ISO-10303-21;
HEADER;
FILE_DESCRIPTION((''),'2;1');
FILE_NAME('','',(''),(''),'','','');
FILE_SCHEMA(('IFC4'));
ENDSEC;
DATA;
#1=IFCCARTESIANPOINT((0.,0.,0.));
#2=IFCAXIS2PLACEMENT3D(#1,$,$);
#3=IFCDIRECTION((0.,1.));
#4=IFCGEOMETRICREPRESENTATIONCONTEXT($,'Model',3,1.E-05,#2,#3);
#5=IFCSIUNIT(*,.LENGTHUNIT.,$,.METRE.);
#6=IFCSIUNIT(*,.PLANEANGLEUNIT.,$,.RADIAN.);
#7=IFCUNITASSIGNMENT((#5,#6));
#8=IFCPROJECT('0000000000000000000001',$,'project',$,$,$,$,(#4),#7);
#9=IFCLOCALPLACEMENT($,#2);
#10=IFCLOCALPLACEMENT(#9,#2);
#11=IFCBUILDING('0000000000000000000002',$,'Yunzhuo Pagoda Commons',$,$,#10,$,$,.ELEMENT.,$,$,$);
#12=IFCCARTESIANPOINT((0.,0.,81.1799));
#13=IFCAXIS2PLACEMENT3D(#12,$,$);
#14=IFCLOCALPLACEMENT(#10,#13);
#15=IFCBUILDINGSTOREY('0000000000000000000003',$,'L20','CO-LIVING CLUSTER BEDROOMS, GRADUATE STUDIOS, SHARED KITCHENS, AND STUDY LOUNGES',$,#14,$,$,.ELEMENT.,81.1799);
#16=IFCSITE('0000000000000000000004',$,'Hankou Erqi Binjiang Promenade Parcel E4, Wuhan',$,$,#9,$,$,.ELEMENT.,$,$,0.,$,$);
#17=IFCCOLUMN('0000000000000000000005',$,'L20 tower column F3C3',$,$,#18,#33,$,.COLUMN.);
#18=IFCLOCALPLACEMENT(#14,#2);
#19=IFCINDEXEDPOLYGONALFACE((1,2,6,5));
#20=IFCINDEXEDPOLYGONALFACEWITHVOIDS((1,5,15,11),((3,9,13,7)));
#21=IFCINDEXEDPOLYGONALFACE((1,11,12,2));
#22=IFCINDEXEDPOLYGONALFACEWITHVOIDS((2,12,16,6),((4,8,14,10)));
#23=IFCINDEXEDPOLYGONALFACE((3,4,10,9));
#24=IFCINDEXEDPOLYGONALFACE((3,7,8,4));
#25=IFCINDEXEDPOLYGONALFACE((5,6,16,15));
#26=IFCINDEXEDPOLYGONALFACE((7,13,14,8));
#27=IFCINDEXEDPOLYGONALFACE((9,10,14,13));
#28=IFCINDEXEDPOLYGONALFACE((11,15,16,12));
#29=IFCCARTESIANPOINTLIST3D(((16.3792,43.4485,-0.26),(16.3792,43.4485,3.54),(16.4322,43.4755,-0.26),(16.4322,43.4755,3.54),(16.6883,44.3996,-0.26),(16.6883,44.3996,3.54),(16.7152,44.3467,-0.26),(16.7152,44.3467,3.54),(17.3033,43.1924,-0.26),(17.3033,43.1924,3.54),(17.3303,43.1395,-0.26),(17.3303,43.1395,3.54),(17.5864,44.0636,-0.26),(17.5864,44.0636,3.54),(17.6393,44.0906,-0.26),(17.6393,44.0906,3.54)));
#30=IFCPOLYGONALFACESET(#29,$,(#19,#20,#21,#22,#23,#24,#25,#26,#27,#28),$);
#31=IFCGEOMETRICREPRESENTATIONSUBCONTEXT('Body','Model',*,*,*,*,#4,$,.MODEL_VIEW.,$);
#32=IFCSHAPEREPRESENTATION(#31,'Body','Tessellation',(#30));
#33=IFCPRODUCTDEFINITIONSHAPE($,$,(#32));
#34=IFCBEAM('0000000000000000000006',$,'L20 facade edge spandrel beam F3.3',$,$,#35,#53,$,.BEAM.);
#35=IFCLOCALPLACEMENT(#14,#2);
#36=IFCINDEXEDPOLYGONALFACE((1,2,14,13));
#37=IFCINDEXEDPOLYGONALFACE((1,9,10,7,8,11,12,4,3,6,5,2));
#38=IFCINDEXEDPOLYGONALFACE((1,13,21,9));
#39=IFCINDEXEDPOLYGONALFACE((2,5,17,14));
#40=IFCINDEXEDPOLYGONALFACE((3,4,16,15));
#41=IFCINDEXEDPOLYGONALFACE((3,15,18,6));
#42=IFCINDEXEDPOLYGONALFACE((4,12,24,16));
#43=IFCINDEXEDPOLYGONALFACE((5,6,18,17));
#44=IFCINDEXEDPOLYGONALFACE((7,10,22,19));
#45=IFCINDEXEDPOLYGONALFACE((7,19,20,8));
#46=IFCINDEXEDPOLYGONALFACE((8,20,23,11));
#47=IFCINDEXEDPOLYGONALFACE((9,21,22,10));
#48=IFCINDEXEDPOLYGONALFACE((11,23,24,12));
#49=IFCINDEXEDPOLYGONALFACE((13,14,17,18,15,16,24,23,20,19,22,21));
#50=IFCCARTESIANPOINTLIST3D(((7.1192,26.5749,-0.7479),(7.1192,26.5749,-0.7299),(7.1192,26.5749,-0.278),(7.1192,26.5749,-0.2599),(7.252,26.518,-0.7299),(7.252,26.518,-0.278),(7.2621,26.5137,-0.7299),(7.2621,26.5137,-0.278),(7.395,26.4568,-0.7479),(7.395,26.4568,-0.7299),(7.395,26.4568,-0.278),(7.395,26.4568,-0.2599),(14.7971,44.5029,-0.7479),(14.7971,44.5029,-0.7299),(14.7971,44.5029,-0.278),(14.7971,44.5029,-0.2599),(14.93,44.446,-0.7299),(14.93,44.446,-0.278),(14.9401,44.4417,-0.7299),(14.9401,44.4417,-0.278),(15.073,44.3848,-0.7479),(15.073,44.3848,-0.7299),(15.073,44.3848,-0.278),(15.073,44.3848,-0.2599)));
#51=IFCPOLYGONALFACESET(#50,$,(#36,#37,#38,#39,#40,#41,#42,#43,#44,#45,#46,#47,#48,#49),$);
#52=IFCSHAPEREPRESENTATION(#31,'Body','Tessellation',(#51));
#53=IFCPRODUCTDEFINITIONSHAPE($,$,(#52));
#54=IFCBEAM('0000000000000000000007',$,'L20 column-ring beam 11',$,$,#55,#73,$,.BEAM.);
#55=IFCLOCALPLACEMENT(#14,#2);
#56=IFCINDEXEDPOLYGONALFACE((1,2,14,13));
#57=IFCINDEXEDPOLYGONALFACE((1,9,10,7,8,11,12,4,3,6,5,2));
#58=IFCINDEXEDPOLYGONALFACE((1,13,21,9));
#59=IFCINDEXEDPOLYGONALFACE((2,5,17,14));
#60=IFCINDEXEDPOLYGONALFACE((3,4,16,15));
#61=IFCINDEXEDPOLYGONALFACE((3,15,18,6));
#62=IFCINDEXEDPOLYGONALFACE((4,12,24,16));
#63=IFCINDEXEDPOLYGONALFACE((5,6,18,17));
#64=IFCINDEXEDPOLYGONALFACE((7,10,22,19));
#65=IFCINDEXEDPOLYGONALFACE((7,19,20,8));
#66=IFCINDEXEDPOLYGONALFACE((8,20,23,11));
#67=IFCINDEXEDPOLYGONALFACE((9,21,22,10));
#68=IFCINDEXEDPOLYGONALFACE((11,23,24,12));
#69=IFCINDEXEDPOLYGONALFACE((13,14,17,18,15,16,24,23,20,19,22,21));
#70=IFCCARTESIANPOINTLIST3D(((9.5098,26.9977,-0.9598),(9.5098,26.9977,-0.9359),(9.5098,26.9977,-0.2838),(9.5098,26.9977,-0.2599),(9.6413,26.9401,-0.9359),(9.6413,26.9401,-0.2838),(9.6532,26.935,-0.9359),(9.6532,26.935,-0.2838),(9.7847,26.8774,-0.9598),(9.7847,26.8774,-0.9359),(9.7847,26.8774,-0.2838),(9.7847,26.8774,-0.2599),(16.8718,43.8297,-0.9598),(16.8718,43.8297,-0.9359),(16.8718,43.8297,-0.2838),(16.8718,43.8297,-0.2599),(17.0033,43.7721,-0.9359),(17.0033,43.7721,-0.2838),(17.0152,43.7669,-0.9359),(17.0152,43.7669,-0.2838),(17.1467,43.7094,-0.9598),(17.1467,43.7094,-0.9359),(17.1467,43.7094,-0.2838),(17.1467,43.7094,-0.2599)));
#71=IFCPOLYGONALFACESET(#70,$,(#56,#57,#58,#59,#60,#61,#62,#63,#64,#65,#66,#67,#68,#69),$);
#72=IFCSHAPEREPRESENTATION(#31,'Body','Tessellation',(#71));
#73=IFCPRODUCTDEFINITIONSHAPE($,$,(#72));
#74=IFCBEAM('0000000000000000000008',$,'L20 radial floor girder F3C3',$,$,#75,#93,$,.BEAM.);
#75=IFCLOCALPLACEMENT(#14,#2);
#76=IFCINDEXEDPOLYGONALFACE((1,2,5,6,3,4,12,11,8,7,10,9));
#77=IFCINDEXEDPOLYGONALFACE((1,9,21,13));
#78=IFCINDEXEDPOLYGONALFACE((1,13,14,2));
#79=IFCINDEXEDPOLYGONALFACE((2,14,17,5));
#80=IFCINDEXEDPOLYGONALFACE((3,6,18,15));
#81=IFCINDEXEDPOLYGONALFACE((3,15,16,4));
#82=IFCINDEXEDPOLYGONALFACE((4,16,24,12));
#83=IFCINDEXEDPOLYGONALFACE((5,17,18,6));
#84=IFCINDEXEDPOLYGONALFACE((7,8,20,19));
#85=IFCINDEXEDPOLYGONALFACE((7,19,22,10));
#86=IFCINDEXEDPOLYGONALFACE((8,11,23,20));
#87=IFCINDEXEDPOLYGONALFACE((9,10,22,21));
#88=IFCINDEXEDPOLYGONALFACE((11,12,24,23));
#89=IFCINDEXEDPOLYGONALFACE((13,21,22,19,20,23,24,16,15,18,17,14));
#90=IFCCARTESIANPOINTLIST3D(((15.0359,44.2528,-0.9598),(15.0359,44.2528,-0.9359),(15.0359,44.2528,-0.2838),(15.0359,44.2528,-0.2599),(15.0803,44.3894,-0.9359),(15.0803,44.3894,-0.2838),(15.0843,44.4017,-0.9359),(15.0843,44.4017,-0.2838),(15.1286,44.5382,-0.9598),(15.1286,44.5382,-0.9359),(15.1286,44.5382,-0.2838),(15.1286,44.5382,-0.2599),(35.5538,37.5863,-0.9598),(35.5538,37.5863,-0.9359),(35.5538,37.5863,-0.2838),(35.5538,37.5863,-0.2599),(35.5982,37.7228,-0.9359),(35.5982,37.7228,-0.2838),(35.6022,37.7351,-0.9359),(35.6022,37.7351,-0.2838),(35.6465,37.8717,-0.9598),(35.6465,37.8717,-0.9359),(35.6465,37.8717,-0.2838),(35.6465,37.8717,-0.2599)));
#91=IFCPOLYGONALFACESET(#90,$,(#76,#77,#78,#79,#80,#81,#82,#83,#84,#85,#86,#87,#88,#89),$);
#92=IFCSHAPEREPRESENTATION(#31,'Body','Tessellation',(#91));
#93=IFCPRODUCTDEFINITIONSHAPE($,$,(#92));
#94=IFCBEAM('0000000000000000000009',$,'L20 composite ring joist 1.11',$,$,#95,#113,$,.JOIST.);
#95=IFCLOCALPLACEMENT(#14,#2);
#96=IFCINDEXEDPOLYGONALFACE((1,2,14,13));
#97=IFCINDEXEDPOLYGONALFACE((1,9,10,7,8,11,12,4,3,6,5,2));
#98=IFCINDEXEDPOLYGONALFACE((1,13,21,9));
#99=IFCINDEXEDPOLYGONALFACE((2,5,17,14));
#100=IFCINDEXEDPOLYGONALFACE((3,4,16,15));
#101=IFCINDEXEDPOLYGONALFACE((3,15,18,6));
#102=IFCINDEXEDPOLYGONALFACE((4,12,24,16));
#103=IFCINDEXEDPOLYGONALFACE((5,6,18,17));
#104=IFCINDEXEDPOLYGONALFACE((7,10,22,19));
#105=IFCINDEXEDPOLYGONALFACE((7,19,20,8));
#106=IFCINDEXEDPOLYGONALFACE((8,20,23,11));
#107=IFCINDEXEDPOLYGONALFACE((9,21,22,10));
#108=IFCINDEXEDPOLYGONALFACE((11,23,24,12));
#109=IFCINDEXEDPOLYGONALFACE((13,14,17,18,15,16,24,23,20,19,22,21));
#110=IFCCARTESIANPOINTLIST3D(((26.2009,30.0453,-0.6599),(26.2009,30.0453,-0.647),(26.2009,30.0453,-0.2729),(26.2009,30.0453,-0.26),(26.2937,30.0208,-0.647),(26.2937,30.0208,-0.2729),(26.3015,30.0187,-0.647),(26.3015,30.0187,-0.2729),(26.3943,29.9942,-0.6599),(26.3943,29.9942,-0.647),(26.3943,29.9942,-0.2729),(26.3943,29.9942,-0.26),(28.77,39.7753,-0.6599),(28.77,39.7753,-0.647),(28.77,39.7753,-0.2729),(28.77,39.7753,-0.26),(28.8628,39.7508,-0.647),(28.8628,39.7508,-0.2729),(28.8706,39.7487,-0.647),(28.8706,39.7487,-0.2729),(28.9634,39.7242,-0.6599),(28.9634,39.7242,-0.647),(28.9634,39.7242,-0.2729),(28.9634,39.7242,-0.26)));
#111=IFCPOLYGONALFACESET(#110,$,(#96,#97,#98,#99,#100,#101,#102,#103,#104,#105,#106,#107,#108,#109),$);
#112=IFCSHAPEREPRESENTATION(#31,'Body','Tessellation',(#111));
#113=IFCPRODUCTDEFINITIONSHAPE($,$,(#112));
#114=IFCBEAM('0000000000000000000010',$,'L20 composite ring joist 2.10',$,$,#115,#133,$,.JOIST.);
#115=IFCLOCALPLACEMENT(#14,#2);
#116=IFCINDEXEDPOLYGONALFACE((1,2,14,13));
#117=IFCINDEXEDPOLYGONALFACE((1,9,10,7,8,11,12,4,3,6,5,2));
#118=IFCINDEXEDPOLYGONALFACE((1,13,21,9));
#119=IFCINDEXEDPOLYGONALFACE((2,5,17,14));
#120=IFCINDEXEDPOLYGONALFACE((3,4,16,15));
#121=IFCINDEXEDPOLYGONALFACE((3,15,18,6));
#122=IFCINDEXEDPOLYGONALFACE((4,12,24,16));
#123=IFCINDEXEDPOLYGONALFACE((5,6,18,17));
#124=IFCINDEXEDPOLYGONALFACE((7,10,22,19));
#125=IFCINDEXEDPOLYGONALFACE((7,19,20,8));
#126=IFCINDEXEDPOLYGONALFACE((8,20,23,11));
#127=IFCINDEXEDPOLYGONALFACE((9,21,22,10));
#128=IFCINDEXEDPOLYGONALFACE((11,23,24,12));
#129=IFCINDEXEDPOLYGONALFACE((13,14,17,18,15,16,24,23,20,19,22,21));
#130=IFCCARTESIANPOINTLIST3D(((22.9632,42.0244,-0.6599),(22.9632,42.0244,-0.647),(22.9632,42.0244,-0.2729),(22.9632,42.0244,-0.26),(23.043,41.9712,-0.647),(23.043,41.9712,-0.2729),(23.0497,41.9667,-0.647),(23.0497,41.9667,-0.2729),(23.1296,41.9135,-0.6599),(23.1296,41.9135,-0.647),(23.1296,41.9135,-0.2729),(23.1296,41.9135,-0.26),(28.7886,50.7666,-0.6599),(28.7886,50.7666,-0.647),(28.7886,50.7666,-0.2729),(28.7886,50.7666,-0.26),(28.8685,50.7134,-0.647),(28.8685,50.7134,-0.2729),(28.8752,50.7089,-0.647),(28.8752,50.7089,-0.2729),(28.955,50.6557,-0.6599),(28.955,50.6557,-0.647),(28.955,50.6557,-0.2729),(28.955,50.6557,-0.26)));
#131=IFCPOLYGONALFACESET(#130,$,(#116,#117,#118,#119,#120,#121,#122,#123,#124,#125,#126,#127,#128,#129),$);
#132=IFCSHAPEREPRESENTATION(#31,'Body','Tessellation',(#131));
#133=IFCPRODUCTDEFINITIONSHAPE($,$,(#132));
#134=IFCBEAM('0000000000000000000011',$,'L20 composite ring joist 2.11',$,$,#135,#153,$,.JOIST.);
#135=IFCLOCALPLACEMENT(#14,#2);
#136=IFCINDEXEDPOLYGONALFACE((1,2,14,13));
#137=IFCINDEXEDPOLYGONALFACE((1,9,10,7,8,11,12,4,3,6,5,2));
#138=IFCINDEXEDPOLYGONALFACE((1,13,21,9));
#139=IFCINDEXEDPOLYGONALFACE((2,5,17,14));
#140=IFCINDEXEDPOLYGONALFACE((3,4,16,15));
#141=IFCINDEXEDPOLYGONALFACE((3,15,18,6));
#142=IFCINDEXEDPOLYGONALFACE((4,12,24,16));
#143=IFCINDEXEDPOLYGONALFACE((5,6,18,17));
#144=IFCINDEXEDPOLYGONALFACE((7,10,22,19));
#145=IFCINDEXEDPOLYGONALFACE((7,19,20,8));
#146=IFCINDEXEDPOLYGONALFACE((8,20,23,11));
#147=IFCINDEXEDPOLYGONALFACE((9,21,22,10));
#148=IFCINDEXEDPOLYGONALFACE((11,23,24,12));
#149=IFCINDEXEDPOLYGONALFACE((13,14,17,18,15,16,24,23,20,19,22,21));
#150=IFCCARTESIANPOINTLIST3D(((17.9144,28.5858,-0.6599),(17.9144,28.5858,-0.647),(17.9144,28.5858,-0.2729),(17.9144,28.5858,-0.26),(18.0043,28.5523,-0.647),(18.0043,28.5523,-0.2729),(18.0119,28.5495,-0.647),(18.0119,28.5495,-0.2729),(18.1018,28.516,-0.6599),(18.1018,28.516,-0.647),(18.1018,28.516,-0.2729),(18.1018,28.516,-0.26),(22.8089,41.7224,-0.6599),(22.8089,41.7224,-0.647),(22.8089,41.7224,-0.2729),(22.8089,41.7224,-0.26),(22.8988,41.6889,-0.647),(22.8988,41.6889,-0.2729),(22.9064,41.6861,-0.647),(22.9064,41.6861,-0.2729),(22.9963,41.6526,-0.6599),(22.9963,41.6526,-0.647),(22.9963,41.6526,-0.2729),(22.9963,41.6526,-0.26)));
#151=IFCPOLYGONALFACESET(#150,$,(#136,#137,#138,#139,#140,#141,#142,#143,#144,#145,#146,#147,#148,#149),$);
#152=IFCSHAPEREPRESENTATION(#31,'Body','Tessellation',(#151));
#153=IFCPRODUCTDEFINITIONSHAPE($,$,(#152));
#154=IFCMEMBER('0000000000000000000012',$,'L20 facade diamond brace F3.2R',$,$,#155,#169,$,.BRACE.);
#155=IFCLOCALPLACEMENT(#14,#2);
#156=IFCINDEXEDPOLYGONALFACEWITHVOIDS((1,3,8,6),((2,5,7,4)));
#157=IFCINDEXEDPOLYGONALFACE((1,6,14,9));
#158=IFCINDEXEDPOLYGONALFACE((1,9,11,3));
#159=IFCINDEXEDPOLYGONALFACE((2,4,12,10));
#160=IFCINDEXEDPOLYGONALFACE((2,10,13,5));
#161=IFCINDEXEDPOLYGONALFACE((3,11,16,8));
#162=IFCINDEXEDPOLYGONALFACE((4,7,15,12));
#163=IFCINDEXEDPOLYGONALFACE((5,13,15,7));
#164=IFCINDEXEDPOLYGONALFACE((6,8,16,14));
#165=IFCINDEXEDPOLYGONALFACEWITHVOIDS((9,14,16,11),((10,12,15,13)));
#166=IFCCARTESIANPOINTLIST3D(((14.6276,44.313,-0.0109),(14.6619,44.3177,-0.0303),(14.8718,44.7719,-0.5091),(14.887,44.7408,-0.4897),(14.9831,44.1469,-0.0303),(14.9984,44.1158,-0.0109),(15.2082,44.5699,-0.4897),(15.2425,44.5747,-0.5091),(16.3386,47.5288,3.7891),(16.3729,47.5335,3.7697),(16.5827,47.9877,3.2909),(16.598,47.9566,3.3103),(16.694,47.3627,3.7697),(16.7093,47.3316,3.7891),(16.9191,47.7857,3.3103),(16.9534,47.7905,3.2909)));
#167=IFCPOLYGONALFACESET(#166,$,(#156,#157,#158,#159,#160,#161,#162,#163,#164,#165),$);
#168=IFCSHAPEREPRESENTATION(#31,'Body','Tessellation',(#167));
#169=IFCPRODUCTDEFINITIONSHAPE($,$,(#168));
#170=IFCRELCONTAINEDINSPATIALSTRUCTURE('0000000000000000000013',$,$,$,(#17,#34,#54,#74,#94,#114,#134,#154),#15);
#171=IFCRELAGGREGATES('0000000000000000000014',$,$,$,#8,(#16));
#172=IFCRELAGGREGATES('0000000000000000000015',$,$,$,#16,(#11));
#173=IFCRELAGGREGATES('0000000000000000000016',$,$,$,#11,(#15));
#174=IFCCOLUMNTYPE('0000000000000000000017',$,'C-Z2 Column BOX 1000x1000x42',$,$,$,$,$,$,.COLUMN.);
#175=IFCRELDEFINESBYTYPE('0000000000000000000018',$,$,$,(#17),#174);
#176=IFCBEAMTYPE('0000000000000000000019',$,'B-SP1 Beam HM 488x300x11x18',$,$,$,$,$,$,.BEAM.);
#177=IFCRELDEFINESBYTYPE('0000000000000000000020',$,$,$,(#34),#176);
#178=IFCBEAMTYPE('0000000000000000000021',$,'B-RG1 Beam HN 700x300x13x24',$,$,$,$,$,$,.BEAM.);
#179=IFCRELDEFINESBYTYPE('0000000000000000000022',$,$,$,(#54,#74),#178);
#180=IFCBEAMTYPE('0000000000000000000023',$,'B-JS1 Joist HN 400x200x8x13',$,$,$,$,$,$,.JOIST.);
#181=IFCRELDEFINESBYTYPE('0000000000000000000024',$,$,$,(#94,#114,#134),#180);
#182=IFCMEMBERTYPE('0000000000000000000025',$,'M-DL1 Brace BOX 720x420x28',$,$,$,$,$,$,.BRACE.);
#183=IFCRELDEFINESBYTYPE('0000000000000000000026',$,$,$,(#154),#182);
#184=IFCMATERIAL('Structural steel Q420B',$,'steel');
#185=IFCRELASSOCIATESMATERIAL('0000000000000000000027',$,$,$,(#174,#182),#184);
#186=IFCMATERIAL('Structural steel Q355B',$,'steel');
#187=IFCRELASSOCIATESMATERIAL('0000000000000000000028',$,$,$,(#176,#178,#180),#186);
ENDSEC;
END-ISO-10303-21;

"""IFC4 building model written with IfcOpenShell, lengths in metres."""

from ifc_helpers import new_model, si_unit, direction, frame, origin, origin_2d, place, context, subcontext, project, spatial, hollow_rectangle, i_section, extrude, source, transform, mapped, material, material_profile, profile_set, type_object, element, save


model = new_model("IFC4")

# Units and contexts
model_context = context("Model", 3, precision=1e-05, world=origin(), true_north=direction((0.0, 1.0)))
body_context = subcontext(model_context, "Body", "Model", "MODEL_VIEW")
ifc_project = project(units=[si_unit("LENGTHUNIT", "METRE"), si_unit("PLANEANGLEUNIT", "RADIAN")], contexts=[model_context])

# Site, building, storey
site_placement = place(None, origin())
site = spatial("IfcSite", under=ifc_project, at=site_placement, Name="Hankou Erqi Binjiang Promenade Parcel E4, Wuhan", CompositionType="ELEMENT", RefElevation=0.0)
building_placement = place(site_placement, origin())
building = spatial("IfcBuilding", under=site, at=building_placement, Name="Yunzhuo Pagoda Commons", CompositionType="ELEMENT")
storey_placement = place(building_placement, frame((0.0, 0.0, 81.1799)))
storey = spatial("IfcBuildingStorey", under=building, at=storey_placement, Name="L20", Description="CO-LIVING CLUSTER BEDROOMS, GRADUATE STUDIOS, SHARED KITCHENS, AND STUDY LOUNGES", CompositionType="ELEMENT", Elevation=81.1799)

# Column
ifc_material_1 = material(Name="Structural steel Q420B", Category="steel")
ifc_material_profile_1 = material_profile(ifc_material_1, hollow_rectangle(XDim=1.0, YDim=1.0, WallThickness=0.042, at=origin_2d()), Name="Structural steel Q420B")
ifc_profile_set_1 = profile_set([ifc_material_profile_1], Name="Structural steel Q420B")
column_type = type_object("IfcColumnType", Name="C-Z2 Column BOX 1000x1000x42", PredefinedType="COLUMN", material=ifc_profile_set_1)
shared_shape_1 = source(origin(), body_context, "Body", "SweptSolid", [
    extrude(hollow_rectangle(XDim=1.0, YDim=1.0, WallThickness=0.042, at=origin_2d()), origin(), (0.0, 0.0, 1.0), 3.8),
])
column_placement = place(storey_placement, frame((17.0093, 43.7695, -0.26), z_axis=(0.0, 0.0, 1.0), x_axis=(-0.309017, -0.951057, 0.0)))
element("IfcColumn", 1, at=column_placement, inside=storey, type_object=column_type, Name="L20 tower column F3C3", PredefinedType="COLUMN", context=body_context, shape_type="MappedRepresentation", body=[
    mapped(shared_shape_1, transform((0.0, 0.0, 0.0), scale=1.0)),
])

# Beams
ifc_material_2 = material(Name="Structural steel Q355B", Category="steel")
ifc_material_profile_2 = material_profile(ifc_material_2, i_section(OverallWidth=0.3, OverallDepth=0.488, WebThickness=0.011, FlangeThickness=0.0181, at=origin_2d()), Name="Structural steel Q355B")
ifc_profile_set_2 = profile_set([ifc_material_profile_2], Name="Structural steel Q355B")
beam_type_1 = type_object("IfcBeamType", Name="B-SP1 Beam HM 488x300x11x18", PredefinedType="BEAM", material=ifc_profile_set_2)
shared_shape_2 = source(origin(), body_context, "Body", "SweptSolid", [
    extrude(i_section(OverallWidth=0.3, OverallDepth=0.488, WebThickness=0.011, FlangeThickness=0.0181, at=origin_2d()), origin(), (0.0, 0.0, 1.0), 19.5029),
])
beam_1_placement = place(storey_placement, frame((14.9351, 44.4438, -0.5039), z_axis=(-0.393684, -0.919246, 0.0), x_axis=(0.919246, -0.393684, 0.0)))
element("IfcBeam", 2, at=beam_1_placement, inside=storey, type_object=beam_type_1, Name="L20 facade edge spandrel beam F3.3", PredefinedType="BEAM", context=body_context, shape_type="MappedRepresentation", body=[
    mapped(shared_shape_2, transform((0.0, 0.0, 0.0), scale=1.0)),
])
ifc_material_profile_3 = material_profile(ifc_material_2, i_section(OverallWidth=0.3, OverallDepth=0.7, WebThickness=0.0129, FlangeThickness=0.0239, at=origin_2d()), Name="Structural steel Q355B")
ifc_profile_set_3 = profile_set([ifc_material_profile_3], Name="Structural steel Q355B")
beam_type_2 = type_object("IfcBeamType", Name="B-RG1 Beam HN 700x300x13x24", PredefinedType="BEAM", material=ifc_profile_set_3)
shared_shape_3 = source(origin(), body_context, "Body", "SweptSolid", [
    extrude(i_section(OverallWidth=0.3, OverallDepth=0.7, WebThickness=0.0129, FlangeThickness=0.0239, at=origin_2d()), origin(), (0.0, 0.0, 1.0), 18.3716),
])
beam_2_placement = place(storey_placement, frame((17.0093, 43.7695, -0.6099), z_axis=(-0.40073, -0.916196, 0.0), x_axis=(0.916196, -0.40073, 0.0)))
element("IfcBeam", 3, at=beam_2_placement, inside=storey, type_object=beam_type_2, Name="L20 column-ring beam 11", PredefinedType="BEAM", context=body_context, shape_type="MappedRepresentation", body=[
    mapped(shared_shape_3, transform((0.0, 0.0, 0.0), scale=1.0)),
])
shared_shape_4 = source(origin(), body_context, "Body", "SweptSolid", [
    extrude(i_section(OverallWidth=0.3, OverallDepth=0.7, WebThickness=0.0129, FlangeThickness=0.0239, at=origin_2d()), origin(), (0.0, 0.0, 1.0), 21.5737),
])
beam_3_placement = place(storey_placement, frame((15.0823, 44.3955, -0.6099), z_axis=(0.951058, -0.309011, 0.0), x_axis=(0.309011, 0.951058, 0.0)))
element("IfcBeam", 4, at=beam_3_placement, inside=storey, type_object=beam_type_2, Name="L20 radial floor girder F3C3", PredefinedType="BEAM", context=body_context, shape_type="MappedRepresentation", body=[
    mapped(shared_shape_4, transform((0.0, 0.0, 0.0), scale=1.0)),
])
ifc_material_profile_4 = material_profile(ifc_material_2, i_section(OverallWidth=0.2, OverallDepth=0.3999, WebThickness=0.0081, FlangeThickness=0.0129, at=origin_2d()), Name="Structural steel Q355B")
ifc_profile_set_4 = profile_set([ifc_material_profile_4], Name="Structural steel Q355B")
beam_type_3 = type_object("IfcBeamType", Name="B-JS1 Joist HN 400x200x8x13", PredefinedType="JOIST", material=ifc_profile_set_4)
shared_shape_5 = source(origin(), body_context, "Body", "SweptSolid", [
    extrude(i_section(OverallWidth=0.2, OverallDepth=0.3999, WebThickness=0.0081, FlangeThickness=0.0129, at=origin_2d()), origin(), (0.0, 0.0, 1.0), 10.0635),
])
beam_4_placement = place(storey_placement, frame((28.8667, 39.7498, -0.46), z_axis=(-0.25529, -0.966865, 0.0), x_axis=(0.966865, -0.25529, 0.0)))
element("IfcBeam", 5, at=beam_4_placement, inside=storey, type_object=beam_type_3, Name="L20 composite ring joist 1.11", PredefinedType="JOIST", context=body_context, shape_type="MappedRepresentation", body=[
    mapped(shared_shape_5, transform((0.0, 0.0, 0.0), scale=1.0)),
])
shared_shape_6 = source(origin(), body_context, "Body", "SweptSolid", [
    extrude(i_section(OverallWidth=0.2, OverallDepth=0.3999, WebThickness=0.0081, FlangeThickness=0.0129, at=origin_2d()), origin(), (0.0, 0.0, 1.0), 10.5054),
])
beam_5_placement = place(storey_placement, frame((28.8718, 50.7112, -0.46), z_axis=(-0.554523, -0.832168, 0.0), x_axis=(0.832168, -0.554523, 0.0)))
element("IfcBeam", 6, at=beam_5_placement, inside=storey, type_object=beam_type_3, Name="L20 composite ring joist 2.10", PredefinedType="JOIST", context=body_context, shape_type="MappedRepresentation", body=[
    mapped(shared_shape_6, transform((0.0, 0.0, 0.0), scale=1.0)),
])
shared_shape_7 = source(origin(), body_context, "Body", "SweptSolid", [
    extrude(i_section(OverallWidth=0.2, OverallDepth=0.3999, WebThickness=0.0081, FlangeThickness=0.0129, at=origin_2d()), origin(), (0.0, 0.0, 1.0), 14.0188),
])
beam_6_placement = place(storey_placement, frame((22.9026, 41.6875, -0.46), z_axis=(-0.349138, -0.937071, 0.0), x_axis=(0.937071, -0.349138, 0.0)))
element("IfcBeam", 7, at=beam_6_placement, inside=storey, type_object=beam_type_3, Name="L20 composite ring joist 2.11", PredefinedType="JOIST", context=body_context, shape_type="MappedRepresentation", body=[
    mapped(shared_shape_7, transform((0.0, 0.0, 0.0), scale=1.0)),
])

# Member
ifc_material_profile_5 = material_profile(ifc_material_1, hollow_rectangle(XDim=0.4199, YDim=0.72, WallThickness=0.0281, at=origin_2d()), Name="Structural steel Q420B")
ifc_profile_set_5 = profile_set([ifc_material_profile_5], Name="Structural steel Q420B")
member_type_1 = type_object("IfcMemberType", Name="M-DL1 Brace BOX 720x420x28", PredefinedType="BRACE", material=ifc_profile_set_5)
shared_shape_8 = source(origin(), body_context, "Body", "SweptSolid", [
    extrude(hollow_rectangle(XDim=0.4199, YDim=0.72, WallThickness=0.0281, at=origin_2d()), origin(), (0.0, 0.0, 1.0), 5.2639),
])
member_1_placement = place(storey_placement, frame((14.9351, 44.4438, -0.26), z_axis=(0.325029, 0.610914, 0.721901), x_axis=(-0.882827, 0.469697, 0.0)))
element("IfcMember", 8, at=member_1_placement, inside=storey, type_object=member_type_1, Name="L20 facade diamond brace F3.2R", PredefinedType="BRACE", context=body_context, shape_type="MappedRepresentation", body=[
    mapped(shared_shape_8, transform((0.0, 0.0, 0.0), scale=1.0)),
])

save(model, "model.ifc")
